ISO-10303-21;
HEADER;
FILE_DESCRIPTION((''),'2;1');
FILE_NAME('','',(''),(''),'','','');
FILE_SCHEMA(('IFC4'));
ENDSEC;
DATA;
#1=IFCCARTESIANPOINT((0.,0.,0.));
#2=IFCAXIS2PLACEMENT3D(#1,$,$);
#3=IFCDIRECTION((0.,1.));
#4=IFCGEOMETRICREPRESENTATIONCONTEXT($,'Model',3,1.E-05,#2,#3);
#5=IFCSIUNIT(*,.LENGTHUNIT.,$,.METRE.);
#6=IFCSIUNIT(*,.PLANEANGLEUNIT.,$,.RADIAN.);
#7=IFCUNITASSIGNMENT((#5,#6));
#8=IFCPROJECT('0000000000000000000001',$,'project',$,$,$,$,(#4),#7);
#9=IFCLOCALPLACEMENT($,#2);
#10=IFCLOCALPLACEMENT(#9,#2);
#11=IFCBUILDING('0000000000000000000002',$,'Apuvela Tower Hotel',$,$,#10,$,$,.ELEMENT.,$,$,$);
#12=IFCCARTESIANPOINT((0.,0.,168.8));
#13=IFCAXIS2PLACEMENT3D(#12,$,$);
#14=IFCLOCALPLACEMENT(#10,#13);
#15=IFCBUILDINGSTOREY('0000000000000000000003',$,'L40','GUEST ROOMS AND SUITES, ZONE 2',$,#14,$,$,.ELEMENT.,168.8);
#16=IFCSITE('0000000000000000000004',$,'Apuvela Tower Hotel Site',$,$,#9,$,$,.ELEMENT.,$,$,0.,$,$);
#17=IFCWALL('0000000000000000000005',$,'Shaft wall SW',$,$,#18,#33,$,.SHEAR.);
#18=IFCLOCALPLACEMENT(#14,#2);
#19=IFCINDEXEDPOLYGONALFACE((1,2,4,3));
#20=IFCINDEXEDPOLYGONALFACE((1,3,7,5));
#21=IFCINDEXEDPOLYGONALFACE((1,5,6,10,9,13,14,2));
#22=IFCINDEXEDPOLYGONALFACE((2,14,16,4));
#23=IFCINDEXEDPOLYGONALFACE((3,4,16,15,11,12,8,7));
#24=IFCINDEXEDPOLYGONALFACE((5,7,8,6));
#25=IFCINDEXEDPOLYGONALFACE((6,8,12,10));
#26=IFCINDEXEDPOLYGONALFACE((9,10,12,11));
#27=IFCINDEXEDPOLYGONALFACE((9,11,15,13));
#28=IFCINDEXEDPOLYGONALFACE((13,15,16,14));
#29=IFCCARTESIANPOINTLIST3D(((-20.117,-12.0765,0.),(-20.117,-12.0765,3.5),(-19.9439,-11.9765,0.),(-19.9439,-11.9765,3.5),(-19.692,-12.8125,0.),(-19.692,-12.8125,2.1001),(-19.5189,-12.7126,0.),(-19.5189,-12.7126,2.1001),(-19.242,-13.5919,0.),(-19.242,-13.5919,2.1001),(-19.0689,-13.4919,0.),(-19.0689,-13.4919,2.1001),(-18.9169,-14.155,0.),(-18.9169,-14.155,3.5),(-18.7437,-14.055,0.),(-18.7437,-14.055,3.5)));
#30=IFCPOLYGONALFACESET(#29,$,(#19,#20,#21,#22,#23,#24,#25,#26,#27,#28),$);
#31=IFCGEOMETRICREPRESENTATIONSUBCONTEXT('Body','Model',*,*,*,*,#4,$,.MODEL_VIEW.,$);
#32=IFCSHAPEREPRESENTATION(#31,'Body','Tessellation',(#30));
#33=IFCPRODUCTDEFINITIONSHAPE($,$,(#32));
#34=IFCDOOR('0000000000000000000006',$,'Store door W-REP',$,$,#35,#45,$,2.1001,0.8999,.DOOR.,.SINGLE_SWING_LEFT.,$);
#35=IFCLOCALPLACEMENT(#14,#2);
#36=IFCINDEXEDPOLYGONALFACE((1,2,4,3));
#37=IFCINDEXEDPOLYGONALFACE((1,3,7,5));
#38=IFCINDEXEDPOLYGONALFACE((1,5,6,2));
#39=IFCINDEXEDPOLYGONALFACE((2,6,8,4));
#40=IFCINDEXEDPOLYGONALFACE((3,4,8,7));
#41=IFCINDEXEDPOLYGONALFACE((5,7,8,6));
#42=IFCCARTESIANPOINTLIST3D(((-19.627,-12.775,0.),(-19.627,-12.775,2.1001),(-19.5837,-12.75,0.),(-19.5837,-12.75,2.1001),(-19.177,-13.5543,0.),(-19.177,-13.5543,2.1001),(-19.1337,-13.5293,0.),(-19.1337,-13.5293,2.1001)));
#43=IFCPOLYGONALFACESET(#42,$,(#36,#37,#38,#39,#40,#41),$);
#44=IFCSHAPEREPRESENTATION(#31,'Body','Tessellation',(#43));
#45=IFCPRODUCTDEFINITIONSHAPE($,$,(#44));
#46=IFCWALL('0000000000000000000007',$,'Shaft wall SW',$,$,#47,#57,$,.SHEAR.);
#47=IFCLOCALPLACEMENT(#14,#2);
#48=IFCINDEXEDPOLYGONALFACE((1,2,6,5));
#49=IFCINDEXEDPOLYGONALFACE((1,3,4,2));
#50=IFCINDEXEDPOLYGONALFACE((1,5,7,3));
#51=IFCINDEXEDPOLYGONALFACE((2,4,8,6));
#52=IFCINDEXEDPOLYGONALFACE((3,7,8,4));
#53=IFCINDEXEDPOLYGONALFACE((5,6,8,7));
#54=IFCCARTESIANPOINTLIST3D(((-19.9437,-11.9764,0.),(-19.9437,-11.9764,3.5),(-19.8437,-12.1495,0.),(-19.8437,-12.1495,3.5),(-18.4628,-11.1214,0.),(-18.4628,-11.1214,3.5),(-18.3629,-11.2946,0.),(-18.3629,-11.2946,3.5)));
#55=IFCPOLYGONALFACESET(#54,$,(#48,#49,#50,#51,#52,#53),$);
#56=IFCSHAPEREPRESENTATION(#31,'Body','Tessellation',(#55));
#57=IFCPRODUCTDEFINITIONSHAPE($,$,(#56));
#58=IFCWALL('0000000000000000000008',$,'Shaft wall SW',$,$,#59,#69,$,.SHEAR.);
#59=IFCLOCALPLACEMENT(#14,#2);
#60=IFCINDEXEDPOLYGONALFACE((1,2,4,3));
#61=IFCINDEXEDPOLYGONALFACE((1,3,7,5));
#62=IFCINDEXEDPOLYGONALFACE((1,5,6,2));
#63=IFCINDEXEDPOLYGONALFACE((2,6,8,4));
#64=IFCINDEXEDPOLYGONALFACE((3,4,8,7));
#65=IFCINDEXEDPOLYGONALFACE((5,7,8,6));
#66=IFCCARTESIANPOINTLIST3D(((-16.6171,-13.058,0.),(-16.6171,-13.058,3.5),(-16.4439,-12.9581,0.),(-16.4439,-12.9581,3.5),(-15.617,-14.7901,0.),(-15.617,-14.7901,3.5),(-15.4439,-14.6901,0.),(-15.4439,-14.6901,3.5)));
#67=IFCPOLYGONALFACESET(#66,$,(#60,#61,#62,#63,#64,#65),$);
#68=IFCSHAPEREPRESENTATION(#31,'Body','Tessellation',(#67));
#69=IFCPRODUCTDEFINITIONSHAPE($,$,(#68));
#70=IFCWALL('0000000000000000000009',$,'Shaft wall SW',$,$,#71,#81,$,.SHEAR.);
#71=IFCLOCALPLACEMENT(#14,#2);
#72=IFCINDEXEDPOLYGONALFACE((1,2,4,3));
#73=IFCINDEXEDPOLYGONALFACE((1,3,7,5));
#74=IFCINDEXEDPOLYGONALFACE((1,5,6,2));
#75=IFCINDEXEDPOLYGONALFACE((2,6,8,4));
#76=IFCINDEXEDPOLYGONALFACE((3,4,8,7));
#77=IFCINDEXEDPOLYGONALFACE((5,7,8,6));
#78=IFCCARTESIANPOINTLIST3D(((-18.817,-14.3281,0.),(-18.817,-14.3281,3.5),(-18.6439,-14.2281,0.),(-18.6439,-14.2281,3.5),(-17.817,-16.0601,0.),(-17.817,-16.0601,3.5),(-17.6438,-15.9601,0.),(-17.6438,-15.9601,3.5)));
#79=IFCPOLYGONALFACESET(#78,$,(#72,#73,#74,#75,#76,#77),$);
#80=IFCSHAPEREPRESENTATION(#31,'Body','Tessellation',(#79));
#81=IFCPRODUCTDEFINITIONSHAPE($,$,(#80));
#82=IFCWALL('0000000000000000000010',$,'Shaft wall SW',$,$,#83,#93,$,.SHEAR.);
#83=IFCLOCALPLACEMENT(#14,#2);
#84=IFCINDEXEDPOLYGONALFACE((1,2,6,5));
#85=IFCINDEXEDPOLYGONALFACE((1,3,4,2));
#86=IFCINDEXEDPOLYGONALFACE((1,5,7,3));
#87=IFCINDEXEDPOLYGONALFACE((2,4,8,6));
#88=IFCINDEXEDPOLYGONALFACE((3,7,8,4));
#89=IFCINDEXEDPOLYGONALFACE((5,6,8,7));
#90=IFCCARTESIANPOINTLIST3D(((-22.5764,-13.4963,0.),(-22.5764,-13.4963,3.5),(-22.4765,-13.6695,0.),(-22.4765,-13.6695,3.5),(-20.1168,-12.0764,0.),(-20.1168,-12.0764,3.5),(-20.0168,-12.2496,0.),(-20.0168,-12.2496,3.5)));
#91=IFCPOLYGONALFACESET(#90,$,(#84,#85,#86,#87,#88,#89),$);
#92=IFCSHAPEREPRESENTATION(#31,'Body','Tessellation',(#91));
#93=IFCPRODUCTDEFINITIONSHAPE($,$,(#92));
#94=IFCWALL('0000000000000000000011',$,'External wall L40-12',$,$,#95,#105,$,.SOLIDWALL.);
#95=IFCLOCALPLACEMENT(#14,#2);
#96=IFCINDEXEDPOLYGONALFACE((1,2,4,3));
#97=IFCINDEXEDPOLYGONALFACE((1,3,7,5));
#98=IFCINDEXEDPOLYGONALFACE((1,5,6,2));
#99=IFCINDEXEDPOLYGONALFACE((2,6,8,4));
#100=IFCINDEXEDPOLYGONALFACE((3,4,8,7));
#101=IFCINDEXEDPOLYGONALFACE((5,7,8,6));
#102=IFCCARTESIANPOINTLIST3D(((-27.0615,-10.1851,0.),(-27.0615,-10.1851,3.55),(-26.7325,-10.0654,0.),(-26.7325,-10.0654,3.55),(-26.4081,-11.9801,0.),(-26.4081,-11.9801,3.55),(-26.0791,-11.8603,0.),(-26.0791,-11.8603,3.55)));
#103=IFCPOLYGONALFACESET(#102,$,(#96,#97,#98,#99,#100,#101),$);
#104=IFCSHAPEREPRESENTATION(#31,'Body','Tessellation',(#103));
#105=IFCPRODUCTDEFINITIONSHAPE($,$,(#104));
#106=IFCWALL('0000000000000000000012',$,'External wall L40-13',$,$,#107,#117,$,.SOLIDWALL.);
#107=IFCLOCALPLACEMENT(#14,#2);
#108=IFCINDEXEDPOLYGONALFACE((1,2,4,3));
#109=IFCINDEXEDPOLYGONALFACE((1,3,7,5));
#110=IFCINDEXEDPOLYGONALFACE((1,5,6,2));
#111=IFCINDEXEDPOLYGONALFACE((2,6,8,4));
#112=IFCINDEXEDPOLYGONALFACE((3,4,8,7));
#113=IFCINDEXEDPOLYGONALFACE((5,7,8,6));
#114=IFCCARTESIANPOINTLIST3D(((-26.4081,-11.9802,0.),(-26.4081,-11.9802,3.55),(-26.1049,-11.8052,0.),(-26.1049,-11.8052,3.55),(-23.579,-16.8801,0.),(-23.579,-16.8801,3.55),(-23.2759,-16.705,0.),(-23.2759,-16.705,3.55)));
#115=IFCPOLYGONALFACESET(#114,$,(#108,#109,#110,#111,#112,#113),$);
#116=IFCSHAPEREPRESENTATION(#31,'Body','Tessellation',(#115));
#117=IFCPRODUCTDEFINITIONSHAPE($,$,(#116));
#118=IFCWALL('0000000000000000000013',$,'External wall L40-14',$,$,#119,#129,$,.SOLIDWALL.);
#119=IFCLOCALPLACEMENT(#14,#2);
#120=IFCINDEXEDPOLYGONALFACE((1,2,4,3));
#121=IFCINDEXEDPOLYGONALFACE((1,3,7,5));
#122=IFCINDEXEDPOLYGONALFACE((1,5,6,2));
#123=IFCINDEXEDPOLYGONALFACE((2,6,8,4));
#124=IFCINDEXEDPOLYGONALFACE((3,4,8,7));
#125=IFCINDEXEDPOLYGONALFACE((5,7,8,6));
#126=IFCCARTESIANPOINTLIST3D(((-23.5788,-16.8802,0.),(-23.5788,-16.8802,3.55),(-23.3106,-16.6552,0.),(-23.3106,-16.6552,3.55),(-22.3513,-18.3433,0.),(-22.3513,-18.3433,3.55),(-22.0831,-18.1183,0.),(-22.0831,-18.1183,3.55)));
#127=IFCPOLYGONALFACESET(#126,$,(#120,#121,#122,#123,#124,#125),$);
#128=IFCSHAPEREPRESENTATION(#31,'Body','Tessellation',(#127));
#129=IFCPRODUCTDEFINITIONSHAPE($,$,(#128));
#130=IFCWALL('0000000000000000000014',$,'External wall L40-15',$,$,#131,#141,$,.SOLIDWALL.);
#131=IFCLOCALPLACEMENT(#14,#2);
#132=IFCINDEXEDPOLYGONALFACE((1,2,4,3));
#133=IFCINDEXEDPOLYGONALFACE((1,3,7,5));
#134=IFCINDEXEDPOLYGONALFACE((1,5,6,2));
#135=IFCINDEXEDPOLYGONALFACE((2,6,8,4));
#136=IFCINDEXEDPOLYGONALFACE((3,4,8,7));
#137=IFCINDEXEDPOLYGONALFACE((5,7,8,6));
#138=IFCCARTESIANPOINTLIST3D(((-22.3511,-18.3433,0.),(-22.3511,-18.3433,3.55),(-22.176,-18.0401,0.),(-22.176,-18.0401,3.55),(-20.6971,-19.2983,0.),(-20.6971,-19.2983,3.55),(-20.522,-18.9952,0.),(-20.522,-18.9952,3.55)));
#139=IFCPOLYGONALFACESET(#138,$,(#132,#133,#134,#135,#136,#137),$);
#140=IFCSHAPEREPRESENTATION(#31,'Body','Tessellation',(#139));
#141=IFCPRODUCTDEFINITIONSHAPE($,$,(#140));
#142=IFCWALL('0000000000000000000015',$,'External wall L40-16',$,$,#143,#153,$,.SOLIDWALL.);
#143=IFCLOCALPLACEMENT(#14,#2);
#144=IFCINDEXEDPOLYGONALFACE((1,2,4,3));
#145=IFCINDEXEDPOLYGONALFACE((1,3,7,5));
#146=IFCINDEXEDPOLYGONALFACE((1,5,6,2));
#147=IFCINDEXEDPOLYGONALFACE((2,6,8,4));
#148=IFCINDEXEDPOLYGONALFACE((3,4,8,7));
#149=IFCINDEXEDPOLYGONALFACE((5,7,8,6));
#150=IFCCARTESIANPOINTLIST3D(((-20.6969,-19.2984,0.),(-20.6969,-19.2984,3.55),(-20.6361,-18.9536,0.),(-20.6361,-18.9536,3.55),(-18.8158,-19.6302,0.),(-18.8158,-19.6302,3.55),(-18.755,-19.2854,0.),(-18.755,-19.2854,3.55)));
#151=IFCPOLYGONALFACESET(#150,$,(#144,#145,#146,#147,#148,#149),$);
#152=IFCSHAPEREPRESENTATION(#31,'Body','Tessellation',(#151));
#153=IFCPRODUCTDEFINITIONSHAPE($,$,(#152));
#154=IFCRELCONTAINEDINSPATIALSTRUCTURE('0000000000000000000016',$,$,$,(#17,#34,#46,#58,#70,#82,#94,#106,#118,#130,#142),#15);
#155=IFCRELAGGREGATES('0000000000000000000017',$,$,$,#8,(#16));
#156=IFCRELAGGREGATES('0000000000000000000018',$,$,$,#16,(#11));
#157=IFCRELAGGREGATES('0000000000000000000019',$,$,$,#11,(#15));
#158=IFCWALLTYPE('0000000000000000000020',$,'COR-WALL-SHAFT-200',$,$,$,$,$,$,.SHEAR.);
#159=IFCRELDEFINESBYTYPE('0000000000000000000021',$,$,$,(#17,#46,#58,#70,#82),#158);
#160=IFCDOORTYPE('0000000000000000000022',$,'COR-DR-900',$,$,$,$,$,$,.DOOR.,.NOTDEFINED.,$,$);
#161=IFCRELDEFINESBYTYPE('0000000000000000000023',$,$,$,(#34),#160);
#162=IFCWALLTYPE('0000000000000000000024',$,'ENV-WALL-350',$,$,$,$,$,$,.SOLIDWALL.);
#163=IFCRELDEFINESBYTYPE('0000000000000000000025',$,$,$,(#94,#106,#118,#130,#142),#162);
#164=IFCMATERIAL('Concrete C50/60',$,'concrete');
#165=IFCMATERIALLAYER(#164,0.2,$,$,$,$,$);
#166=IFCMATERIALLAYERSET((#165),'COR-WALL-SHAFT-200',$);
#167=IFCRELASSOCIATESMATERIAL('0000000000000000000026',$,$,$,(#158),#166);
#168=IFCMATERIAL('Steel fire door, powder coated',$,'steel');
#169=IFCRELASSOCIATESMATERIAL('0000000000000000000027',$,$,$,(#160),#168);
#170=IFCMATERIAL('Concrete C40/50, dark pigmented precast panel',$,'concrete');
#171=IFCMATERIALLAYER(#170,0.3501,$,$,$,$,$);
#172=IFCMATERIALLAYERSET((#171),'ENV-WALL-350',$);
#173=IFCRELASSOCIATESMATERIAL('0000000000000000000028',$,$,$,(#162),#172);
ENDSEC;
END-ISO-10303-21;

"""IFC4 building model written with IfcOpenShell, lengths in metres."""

from ifc_helpers import new_model, si_unit, direction, frame, frame_2d, origin, place, context, subcontext, project, spatial, rectangle, extrude, material, layer, layer_set, type_object, element, fill, save


model = new_model("IFC4")

# Units and contexts
model_context = context("Model", 3, precision=1e-05, world=origin(), true_north=direction((0.0, 1.0)))
body_context = subcontext(model_context, "Body", "Model", "MODEL_VIEW")
ifc_project = project(units=[si_unit("LENGTHUNIT", "METRE"), si_unit("PLANEANGLEUNIT", "RADIAN")], contexts=[model_context])

# Site, building, storey
site_placement = place(None, origin())
site = spatial("IfcSite", under=ifc_project, at=site_placement, Name="Apuvela Tower Hotel Site", CompositionType="ELEMENT", RefElevation=0.0)
building_placement = place(site_placement, origin())
building = spatial("IfcBuilding", under=site, at=building_placement, Name="Apuvela Tower Hotel", CompositionType="ELEMENT")
storey_placement = place(building_placement, frame((0.0, 0.0, 168.8)))
storey = spatial("IfcBuildingStorey", under=building, at=storey_placement, Name="L40", Description="GUEST ROOMS AND SUITES, ZONE 2", CompositionType="ELEMENT", Elevation=168.8)

# Wall, opening, door
ifc_material_1 = material(Name="Concrete C50/60", Category="concrete")
ifc_layer_1 = layer(ifc_material_1, 0.2)
ifc_layer_set_1 = layer_set([ifc_layer_1], Name="COR-WALL-SHAFT-200")
wall_type_1 = type_object("IfcWallType", Name="COR-WALL-SHAFT-200", PredefinedType="SHEAR", material=ifc_layer_set_1)
wall_1_placement = place(storey_placement, frame((-20.0305, -12.0264, 0.0), z_axis=(0.0, 0.0, 1.0), x_axis=(0.500034, -0.866006, 0.0)))
wall_1 = element("IfcWall", 1, at=wall_1_placement, inside=storey, type_object=wall_type_1, Name="Shaft wall SW", PredefinedType="SHEAR", context=body_context, shape_type="SweptSolid", body=[
    extrude(rectangle(XDim=2.4001, YDim=0.2, at=frame_2d((1.2002, 0.0))), origin(), (0.0, 0.0, 1.0), 3.5),
])
opening_1_placement = place(wall_1_placement, frame((0.8501, 0.0, 0.0)))
opening_1 = element("IfcOpeningElement", 2, at=opening_1_placement, cuts=wall_1, PredefinedType="OPENING", context=body_context, shape_type="SweptSolid", body=[
    extrude(rectangle(XDim=0.8999, YDim=2.1001, at=frame_2d((0.45, 1.05))), frame((0.0, 0.1099, 0.0), z_axis=(0.0, -1.0, 0.0), x_axis=(1.0, 0.0, 0.0)), (0.0, 0.0, 1.0), 0.22),
])
ifc_material_2 = material(Name="Steel fire door, powder coated", Category="steel")
door_type_1 = type_object("IfcDoorType", Name="COR-DR-900", OperationType="NOTDEFINED", PredefinedType="DOOR", material=ifc_material_2)
door_1_placement = place(opening_1_placement, frame((0.8999, 0.0, 0.0), z_axis=(0.0, 0.0, 1.0), x_axis=(-1.0, 0.0, 0.0)))
door_1 = element("IfcDoor", 3, at=door_1_placement, inside=storey, type_object=door_type_1, Name="Store door W-REP", OperationType="SINGLE_SWING_LEFT", OverallHeight=2.1001, OverallWidth=0.8999, PredefinedType="DOOR", context=body_context, shape_type="SweptSolid", body=[
    extrude(rectangle(XDim=0.8999, YDim=2.1001, at=frame_2d((0.45, 1.05))), frame((0.0, 0.0249, 0.0), z_axis=(0.0, -1.0, 0.0), x_axis=(1.0, 0.0, 0.0)), (0.0, 0.0, 1.0), 0.05),
])
fill(opening_1, door_1)

# Walls
wall_2_placement = place(storey_placement, frame((-18.4128, -11.208, 0.0), z_axis=(0.0, 0.0, 1.0), x_axis=(-0.866038, -0.499978, 0.0)))
element("IfcWall", 4, at=wall_2_placement, inside=storey, type_object=wall_type_1, Name="Shaft wall SW", PredefinedType="SHEAR", context=body_context, shape_type="SweptSolid", body=[
    extrude(rectangle(XDim=1.71, YDim=0.2, at=frame_2d((0.855, 0.0))), origin(), (0.0, 0.0, 1.0), 3.5),
])
for number, where, z_axis, x_axis, name in (
    (5, (-16.5305, -13.0081, 0.0), (0.0, 0.0, 1.0), (0.500025, -0.866011, 0.0), "Shaft wall SW"),
    (6, (-18.7305, -14.2781, 0.0), (0.0, 0.0, 1.0), (0.500025, -0.866011, 0.0), "Shaft wall SW"),
):
    element("IfcWall", number, at=place(storey_placement, frame(where, z_axis=z_axis, x_axis=x_axis)), inside=storey, type_object=wall_type_1, Name=name, PredefinedType="SHEAR", context=body_context, shape_type="SweptSolid", body=[
        extrude(rectangle(XDim=2.0, YDim=0.2, at=frame_2d((1.0, 0.0))), origin(), (0.0, 0.0, 1.0), 3.5),
    ])
wall_3_placement = place(storey_placement, frame((-20.0669, -12.1631, 0.0), z_axis=(0.0, 0.0, 1.0), x_axis=(-0.866055, -0.499948, 0.0)))
element("IfcWall", 7, at=wall_3_placement, inside=storey, type_object=wall_type_1, Name="Shaft wall SW", PredefinedType="SHEAR", context=body_context, shape_type="SweptSolid", body=[
    extrude(rectangle(XDim=2.8401, YDim=0.2, at=frame_2d((1.4199, 0.0))), origin(), (0.0, 0.0, 1.0), 3.5),
])
ifc_material_3 = material(Name="Concrete C40/50, dark pigmented precast panel", Category="concrete")
ifc_layer_2 = layer(ifc_material_3, 0.3501)
ifc_layer_set_2 = layer_set([ifc_layer_2], Name="ENV-WALL-350")
wall_type_2 = type_object("IfcWallType", Name="ENV-WALL-350", PredefinedType="SOLIDWALL", material=ifc_layer_set_2)
wall_4_placement = place(storey_placement, frame((-26.897, -10.1252, 0.0), z_axis=(0.0, 0.0, 1.0), x_axis=(0.34203, -0.939689, 0.0)))
element("IfcWall", 8, at=wall_4_placement, inside=storey, type_object=wall_type_2, Name="External wall L40-12", PredefinedType="SOLIDWALL", context=body_context, shape_type="SweptSolid", body=[
    extrude(rectangle(XDim=1.9102, YDim=0.3501, at=frame_2d((0.9551, 0.0))), origin(), (0.0, 0.0, 1.0), 3.55),
])
wall_5_placement = place(storey_placement, frame((-26.2566, -11.8926, 0.0), z_axis=(0.0, 0.0, 1.0), x_axis=(0.500019, -0.866015, 0.0)))
element("IfcWall", 9, at=wall_5_placement, inside=storey, type_object=wall_type_2, Name="External wall L40-13", PredefinedType="SOLIDWALL", context=body_context, shape_type="SweptSolid", body=[
    extrude(rectangle(XDim=5.658, YDim=0.3501, at=frame_2d((2.8291, 0.0))), origin(), (0.0, 0.0, 1.0), 3.55),
])
for number, where, z_axis, x_axis, name in (
    (10, (-23.4448, -16.7676, 0.0), (0.0, 0.0, 1.0), (0.642733, -0.76609, 0.0), "External wall L40-14"),
    (11, (-22.2637, -18.1917, 0.0), (0.0, 0.0, 1.0), (0.866, -0.500043, 0.0), "External wall L40-15"),
):
    element("IfcWall", number, at=place(storey_placement, frame(where, z_axis=z_axis, x_axis=x_axis)), inside=storey, type_object=wall_type_2, Name=name, PredefinedType="SOLIDWALL", context=body_context, shape_type="SweptSolid", body=[
        extrude(rectangle(XDim=1.9099, YDim=0.3501, at=frame_2d((0.9551, 0.0))), origin(), (0.0, 0.0, 1.0), 3.55),
    ])
wall_6_placement = place(storey_placement, frame((-20.6665, -19.126, 0.0), z_axis=(0.0, 0.0, 1.0), x_axis=(0.984799, -0.173698, 0.0)))
element("IfcWall", 12, at=wall_6_placement, inside=storey, type_object=wall_type_2, Name="External wall L40-16", PredefinedType="SOLIDWALL", context=body_context, shape_type="SweptSolid", body=[
    extrude(rectangle(XDim=1.9102, YDim=0.3501, at=frame_2d((0.9551, 0.0))), origin(), (0.0, 0.0, 1.0), 3.55),
])

save(model, "model.ifc")
